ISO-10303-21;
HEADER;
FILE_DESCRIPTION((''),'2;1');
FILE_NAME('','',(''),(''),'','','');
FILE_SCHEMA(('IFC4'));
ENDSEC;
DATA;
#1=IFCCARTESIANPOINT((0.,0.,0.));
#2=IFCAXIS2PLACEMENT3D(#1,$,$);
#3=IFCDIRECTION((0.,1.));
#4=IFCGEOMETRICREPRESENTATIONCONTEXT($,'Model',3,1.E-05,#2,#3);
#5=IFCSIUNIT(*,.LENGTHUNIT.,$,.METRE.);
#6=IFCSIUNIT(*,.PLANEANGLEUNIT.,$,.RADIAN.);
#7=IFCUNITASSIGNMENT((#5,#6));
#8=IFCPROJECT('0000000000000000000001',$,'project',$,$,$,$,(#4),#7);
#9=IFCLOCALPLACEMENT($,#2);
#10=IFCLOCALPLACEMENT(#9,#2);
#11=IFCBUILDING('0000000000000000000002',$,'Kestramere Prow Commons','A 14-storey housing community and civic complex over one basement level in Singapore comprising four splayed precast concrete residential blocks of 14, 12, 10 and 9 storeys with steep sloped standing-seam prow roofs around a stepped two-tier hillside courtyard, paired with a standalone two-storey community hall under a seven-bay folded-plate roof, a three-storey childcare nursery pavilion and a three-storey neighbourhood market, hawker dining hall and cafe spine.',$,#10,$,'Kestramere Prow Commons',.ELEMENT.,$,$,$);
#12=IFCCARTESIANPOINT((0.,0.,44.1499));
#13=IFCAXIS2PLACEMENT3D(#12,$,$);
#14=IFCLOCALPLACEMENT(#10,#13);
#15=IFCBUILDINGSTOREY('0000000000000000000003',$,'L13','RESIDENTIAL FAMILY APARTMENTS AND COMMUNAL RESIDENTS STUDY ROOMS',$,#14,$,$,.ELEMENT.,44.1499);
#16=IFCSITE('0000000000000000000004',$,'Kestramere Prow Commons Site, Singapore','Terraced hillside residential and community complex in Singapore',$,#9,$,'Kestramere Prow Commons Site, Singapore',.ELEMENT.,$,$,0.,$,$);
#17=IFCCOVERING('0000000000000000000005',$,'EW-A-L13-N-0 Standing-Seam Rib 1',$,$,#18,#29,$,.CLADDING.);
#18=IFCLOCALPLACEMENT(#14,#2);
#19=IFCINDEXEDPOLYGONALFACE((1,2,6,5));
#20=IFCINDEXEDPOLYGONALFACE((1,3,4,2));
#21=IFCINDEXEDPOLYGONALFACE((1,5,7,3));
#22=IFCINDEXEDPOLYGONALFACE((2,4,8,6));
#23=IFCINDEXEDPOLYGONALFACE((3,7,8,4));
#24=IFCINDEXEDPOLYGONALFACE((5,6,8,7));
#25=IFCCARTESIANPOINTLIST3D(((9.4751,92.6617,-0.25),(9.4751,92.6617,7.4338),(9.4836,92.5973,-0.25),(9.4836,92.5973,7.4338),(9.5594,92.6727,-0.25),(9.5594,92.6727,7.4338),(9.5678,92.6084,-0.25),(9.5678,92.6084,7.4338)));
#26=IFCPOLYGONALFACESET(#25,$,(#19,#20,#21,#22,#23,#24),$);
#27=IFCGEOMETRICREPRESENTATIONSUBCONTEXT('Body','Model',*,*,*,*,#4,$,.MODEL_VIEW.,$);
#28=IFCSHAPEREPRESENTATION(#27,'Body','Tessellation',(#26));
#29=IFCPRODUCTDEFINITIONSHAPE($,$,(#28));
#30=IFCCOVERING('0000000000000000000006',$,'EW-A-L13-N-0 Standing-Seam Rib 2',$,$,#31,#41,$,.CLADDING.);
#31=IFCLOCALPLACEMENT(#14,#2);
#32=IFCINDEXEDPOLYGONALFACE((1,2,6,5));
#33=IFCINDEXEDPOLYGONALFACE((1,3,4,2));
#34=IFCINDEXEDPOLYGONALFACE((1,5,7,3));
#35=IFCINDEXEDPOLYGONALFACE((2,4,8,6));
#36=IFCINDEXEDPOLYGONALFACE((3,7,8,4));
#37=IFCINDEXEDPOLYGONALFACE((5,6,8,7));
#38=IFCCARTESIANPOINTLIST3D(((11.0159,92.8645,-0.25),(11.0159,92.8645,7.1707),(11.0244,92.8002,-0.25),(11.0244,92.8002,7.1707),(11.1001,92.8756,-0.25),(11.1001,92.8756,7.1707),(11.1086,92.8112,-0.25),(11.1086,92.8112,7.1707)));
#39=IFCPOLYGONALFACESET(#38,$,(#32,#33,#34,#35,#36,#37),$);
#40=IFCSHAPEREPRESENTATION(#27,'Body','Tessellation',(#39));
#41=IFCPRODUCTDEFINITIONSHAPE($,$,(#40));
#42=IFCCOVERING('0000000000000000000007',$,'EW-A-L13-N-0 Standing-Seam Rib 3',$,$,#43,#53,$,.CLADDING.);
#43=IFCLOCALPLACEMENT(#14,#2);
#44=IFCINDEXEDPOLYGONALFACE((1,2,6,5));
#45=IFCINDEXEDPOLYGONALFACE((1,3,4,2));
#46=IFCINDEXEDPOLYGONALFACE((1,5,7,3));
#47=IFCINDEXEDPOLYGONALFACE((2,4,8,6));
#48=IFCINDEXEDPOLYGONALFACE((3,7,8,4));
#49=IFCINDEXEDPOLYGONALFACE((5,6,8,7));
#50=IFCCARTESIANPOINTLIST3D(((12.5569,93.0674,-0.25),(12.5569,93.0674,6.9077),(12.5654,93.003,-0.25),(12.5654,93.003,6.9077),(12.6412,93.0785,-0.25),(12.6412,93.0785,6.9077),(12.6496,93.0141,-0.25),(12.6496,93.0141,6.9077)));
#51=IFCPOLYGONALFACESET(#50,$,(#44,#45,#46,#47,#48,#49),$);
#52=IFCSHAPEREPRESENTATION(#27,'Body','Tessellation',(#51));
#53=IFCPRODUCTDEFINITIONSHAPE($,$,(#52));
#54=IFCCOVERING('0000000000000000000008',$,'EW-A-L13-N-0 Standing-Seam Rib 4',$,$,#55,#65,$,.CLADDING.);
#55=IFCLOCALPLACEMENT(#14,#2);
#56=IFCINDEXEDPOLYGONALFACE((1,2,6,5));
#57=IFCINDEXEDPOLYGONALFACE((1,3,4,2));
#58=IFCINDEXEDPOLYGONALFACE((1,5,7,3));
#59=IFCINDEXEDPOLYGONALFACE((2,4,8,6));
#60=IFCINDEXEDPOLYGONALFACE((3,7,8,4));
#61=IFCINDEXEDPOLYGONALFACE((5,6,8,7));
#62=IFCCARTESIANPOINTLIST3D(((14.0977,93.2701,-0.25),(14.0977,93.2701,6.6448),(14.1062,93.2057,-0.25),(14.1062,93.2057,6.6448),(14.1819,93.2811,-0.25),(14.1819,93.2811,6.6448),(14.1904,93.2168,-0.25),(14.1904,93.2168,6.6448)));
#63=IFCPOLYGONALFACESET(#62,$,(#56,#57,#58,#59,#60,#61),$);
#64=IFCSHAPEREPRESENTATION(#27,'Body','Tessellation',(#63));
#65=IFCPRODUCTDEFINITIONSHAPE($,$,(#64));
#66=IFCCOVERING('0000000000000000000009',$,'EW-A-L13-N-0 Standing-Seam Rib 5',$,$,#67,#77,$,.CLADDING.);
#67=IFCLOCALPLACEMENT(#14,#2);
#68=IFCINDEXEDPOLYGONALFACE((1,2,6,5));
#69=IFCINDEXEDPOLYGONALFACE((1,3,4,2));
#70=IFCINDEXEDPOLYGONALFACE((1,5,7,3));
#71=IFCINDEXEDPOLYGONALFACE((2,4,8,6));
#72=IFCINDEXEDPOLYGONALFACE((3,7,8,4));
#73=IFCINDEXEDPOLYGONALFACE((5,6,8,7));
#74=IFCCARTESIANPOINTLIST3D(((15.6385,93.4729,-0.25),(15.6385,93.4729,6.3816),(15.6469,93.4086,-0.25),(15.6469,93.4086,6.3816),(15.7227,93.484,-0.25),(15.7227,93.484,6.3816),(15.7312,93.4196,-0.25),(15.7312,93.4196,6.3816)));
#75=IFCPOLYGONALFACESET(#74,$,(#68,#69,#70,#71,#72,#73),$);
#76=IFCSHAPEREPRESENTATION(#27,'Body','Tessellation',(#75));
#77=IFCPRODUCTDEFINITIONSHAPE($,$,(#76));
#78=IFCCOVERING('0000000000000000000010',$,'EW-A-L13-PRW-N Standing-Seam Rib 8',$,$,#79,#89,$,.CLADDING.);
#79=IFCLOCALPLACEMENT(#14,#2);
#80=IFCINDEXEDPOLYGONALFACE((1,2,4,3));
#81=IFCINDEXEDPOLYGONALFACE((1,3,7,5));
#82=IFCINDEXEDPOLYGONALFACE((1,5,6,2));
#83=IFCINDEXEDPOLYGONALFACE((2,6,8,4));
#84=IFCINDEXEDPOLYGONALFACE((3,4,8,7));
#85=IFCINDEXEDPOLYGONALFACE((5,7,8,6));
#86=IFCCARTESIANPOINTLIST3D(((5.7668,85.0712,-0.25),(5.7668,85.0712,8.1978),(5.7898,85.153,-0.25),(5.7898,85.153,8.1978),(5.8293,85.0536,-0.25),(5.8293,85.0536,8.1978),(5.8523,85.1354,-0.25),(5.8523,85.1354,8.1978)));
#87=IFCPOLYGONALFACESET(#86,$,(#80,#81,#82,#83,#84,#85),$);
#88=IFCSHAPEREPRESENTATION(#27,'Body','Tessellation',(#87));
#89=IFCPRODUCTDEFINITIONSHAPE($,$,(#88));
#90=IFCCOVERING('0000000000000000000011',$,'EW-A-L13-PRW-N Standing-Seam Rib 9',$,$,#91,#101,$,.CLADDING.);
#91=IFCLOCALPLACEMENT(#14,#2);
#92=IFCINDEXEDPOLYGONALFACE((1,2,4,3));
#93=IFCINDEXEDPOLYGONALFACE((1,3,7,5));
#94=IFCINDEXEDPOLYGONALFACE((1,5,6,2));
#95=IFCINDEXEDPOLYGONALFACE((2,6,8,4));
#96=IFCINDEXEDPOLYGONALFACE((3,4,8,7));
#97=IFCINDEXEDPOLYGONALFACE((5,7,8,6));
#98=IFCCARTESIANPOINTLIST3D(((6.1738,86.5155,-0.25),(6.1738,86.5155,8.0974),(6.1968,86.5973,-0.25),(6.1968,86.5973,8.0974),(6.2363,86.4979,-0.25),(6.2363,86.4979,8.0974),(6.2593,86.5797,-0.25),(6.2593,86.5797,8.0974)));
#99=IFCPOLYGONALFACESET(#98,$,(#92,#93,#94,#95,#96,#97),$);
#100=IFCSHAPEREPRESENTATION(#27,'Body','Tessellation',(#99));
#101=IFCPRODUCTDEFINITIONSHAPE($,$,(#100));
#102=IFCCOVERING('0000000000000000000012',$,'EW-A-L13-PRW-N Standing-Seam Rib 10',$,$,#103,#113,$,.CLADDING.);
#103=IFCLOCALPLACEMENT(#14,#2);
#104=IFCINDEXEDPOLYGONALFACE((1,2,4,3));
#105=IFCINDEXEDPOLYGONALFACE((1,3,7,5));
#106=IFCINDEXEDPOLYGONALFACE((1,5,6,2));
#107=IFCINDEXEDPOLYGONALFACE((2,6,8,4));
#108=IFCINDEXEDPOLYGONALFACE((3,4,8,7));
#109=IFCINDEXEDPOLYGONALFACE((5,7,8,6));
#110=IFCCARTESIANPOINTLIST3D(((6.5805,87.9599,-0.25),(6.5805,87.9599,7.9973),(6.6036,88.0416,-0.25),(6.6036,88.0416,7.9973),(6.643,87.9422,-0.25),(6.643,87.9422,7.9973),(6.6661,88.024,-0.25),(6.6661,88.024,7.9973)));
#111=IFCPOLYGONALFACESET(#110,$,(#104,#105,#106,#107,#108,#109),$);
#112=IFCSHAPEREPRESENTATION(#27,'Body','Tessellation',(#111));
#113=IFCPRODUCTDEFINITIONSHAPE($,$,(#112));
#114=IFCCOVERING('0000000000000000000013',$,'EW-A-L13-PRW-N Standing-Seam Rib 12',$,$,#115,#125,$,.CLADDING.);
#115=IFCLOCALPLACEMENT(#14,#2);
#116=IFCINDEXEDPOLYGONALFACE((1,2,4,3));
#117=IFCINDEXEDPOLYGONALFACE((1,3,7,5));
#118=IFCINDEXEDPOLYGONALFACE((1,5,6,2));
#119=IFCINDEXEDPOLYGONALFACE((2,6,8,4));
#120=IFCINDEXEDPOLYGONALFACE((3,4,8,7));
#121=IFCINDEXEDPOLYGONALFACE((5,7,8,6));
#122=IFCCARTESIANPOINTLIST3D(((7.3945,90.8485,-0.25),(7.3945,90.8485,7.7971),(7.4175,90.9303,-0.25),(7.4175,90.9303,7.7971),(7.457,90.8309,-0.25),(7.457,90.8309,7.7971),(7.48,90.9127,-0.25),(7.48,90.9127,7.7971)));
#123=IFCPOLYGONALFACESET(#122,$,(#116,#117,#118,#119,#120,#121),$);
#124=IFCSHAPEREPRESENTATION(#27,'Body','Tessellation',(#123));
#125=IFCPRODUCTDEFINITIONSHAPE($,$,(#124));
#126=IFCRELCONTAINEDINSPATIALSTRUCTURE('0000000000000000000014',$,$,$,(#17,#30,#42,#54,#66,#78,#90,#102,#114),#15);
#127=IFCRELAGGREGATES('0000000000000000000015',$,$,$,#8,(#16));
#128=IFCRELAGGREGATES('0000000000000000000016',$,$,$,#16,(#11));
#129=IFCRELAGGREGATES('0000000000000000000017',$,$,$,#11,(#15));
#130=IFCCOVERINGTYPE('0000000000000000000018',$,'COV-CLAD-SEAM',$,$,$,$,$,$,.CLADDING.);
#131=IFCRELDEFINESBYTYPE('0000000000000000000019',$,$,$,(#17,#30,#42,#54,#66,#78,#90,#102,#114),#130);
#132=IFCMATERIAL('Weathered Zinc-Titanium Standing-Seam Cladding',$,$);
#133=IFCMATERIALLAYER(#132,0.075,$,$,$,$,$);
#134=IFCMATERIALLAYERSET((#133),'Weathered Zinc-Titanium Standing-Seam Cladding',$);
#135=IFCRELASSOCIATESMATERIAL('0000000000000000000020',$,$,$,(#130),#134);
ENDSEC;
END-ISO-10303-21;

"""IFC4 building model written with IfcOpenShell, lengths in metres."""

from ifc_helpers import new_model, si_unit, direction, frame, origin, origin_2d, place, context, subcontext, project, spatial, rectangle, extrude, material, layer, layer_set, type_object, element, save


model = new_model("IFC4")

# Units and contexts
model_context = context("Model", 3, precision=1e-05, world=origin(), true_north=direction((0.0, 1.0)))
body_context = subcontext(model_context, "Body", "Model", "MODEL_VIEW")
ifc_project = project(units=[si_unit("LENGTHUNIT", "METRE"), si_unit("PLANEANGLEUNIT", "RADIAN")], contexts=[model_context])

# Site, building, storey
site_placement = place(None, origin())
site = spatial("IfcSite", under=ifc_project, at=site_placement, Name="Kestramere Prow Commons Site, Singapore", Description="Terraced hillside residential and community complex in Singapore", LongName="Kestramere Prow Commons Site, Singapore", CompositionType="ELEMENT", RefElevation=0.0)
building_placement = place(site_placement, origin())
building = spatial("IfcBuilding", under=site, at=building_placement, Name="Kestramere Prow Commons", Description="A 14-storey housing community and civic complex over one basement level in Singapore comprising four splayed precast concrete residential blocks of 14, 12, 10 and 9 storeys with steep sloped standing-seam prow roofs around a stepped two-tier hillside courtyard, paired with a standalone two-storey community hall under a seven-bay folded-plate roof, a three-storey childcare nursery pavilion and a three-storey neighbourhood market, hawker dining hall and cafe spine.", LongName="Kestramere Prow Commons", CompositionType="ELEMENT")
storey_placement = place(building_placement, frame((0.0, 0.0, 44.1499)))
storey = spatial("IfcBuildingStorey", under=building, at=storey_placement, Name="L13", Description="RESIDENTIAL FAMILY APARTMENTS AND COMMUNAL RESIDENTS STUDY ROOMS", CompositionType="ELEMENT", Elevation=44.1499)

# Coverings
ifc_material_1 = material(Name="Weathered Zinc-Titanium Standing-Seam Cladding")
ifc_layer_1 = layer(ifc_material_1, 0.075)
ifc_layer_set_1 = layer_set([ifc_layer_1], Name="Weathered Zinc-Titanium Standing-Seam Cladding")
covering_type = type_object("IfcCoveringType", Name="COV-CLAD-SEAM", PredefinedType="CLADDING", material=ifc_layer_set_1)
covering_1_placement = place(storey_placement, frame((9.5215, 92.635, -0.25), z_axis=(0.0, 0.0, 1.0), x_axis=(0.991445, 0.130526, 0.0)))
element("IfcCovering", 1, at=covering_1_placement, inside=storey, type_object=covering_type, Name="EW-A-L13-N-0 Standing-Seam Rib 1", PredefinedType="CLADDING", context=body_context, shape_type="SweptSolid", body=[
    extrude(rectangle(XDim=0.085, YDim=0.0649, at=origin_2d()), origin(), (0.0, 0.0, 1.0), 7.6838),
])
covering_2_placement = place(storey_placement, frame((11.0623, 92.8379, -0.25), z_axis=(0.0, 0.0, 1.0), x_axis=(0.991445, 0.130526, 0.0)))
element("IfcCovering", 2, at=covering_2_placement, inside=storey, type_object=covering_type, Name="EW-A-L13-N-0 Standing-Seam Rib 2", PredefinedType="CLADDING", context=body_context, shape_type="SweptSolid", body=[
    extrude(rectangle(XDim=0.085, YDim=0.0649, at=origin_2d()), origin(), (0.0, 0.0, 1.0), 7.4207),
])
covering_3_placement = place(storey_placement, frame((12.6033, 93.0408, -0.25), z_axis=(0.0, 0.0, 1.0), x_axis=(0.991445, 0.130526, 0.0)))
element("IfcCovering", 3, at=covering_3_placement, inside=storey, type_object=covering_type, Name="EW-A-L13-N-0 Standing-Seam Rib 3", PredefinedType="CLADDING", context=body_context, shape_type="SweptSolid", body=[
    extrude(rectangle(XDim=0.085, YDim=0.0649, at=origin_2d()), origin(), (0.0, 0.0, 1.0), 7.1577),
])
covering_4_placement = place(storey_placement, frame((14.144, 93.2434, -0.25), z_axis=(0.0, 0.0, 1.0), x_axis=(0.991445, 0.130526, 0.0)))
element("IfcCovering", 4, at=covering_4_placement, inside=storey, type_object=covering_type, Name="EW-A-L13-N-0 Standing-Seam Rib 4", PredefinedType="CLADDING", context=body_context, shape_type="SweptSolid", body=[
    extrude(rectangle(XDim=0.085, YDim=0.0649, at=origin_2d()), origin(), (0.0, 0.0, 1.0), 6.8948),
])
covering_5_placement = place(storey_placement, frame((15.6848, 93.4463, -0.25), z_axis=(0.0, 0.0, 1.0), x_axis=(0.991445, 0.130526, 0.0)))
element("IfcCovering", 5, at=covering_5_placement, inside=storey, type_object=covering_type, Name="EW-A-L13-N-0 Standing-Seam Rib 5", PredefinedType="CLADDING", context=body_context, shape_type="SweptSolid", body=[
    extrude(rectangle(XDim=0.085, YDim=0.0649, at=origin_2d()), origin(), (0.0, 0.0, 1.0), 6.6316),
])
covering_6_placement = place(storey_placement, frame((5.8096, 85.1033, -0.25), z_axis=(0.0, 0.0, 1.0), x_axis=(0.27116, 0.962534, 0.0)))
element("IfcCovering", 6, at=covering_6_placement, inside=storey, type_object=covering_type, Name="EW-A-L13-PRW-N Standing-Seam Rib 8", PredefinedType="CLADDING", context=body_context, shape_type="SweptSolid", body=[
    extrude(rectangle(XDim=0.085, YDim=0.0649, at=origin_2d()), origin(), (0.0, 0.0, 1.0), 8.4478),
])
covering_7_placement = place(storey_placement, frame((6.2166, 86.5476, -0.25), z_axis=(0.0, 0.0, 1.0), x_axis=(0.27116, 0.962534, 0.0)))
element("IfcCovering", 7, at=covering_7_placement, inside=storey, type_object=covering_type, Name="EW-A-L13-PRW-N Standing-Seam Rib 9", PredefinedType="CLADDING", context=body_context, shape_type="SweptSolid", body=[
    extrude(rectangle(XDim=0.085, YDim=0.0649, at=origin_2d()), origin(), (0.0, 0.0, 1.0), 8.3474),
])
covering_8_placement = place(storey_placement, frame((6.6233, 87.9919, -0.25), z_axis=(0.0, 0.0, 1.0), x_axis=(0.27116, 0.962534, 0.0)))
element("IfcCovering", 8, at=covering_8_placement, inside=storey, type_object=covering_type, Name="EW-A-L13-PRW-N Standing-Seam Rib 10", PredefinedType="CLADDING", context=body_context, shape_type="SweptSolid", body=[
    extrude(rectangle(XDim=0.085, YDim=0.0649, at=origin_2d()), origin(), (0.0, 0.0, 1.0), 8.2473),
])
covering_9_placement = place(storey_placement, frame((7.4373, 90.8806, -0.25), z_axis=(0.0, 0.0, 1.0), x_axis=(0.27116, 0.962534, 0.0)))
element("IfcCovering", 9, at=covering_9_placement, inside=storey, type_object=covering_type, Name="EW-A-L13-PRW-N Standing-Seam Rib 12", PredefinedType="CLADDING", context=body_context, shape_type="SweptSolid", body=[
    extrude(rectangle(XDim=0.085, YDim=0.0649, at=origin_2d()), origin(), (0.0, 0.0, 1.0), 8.0471),
])

save(model, "model.ifc")
